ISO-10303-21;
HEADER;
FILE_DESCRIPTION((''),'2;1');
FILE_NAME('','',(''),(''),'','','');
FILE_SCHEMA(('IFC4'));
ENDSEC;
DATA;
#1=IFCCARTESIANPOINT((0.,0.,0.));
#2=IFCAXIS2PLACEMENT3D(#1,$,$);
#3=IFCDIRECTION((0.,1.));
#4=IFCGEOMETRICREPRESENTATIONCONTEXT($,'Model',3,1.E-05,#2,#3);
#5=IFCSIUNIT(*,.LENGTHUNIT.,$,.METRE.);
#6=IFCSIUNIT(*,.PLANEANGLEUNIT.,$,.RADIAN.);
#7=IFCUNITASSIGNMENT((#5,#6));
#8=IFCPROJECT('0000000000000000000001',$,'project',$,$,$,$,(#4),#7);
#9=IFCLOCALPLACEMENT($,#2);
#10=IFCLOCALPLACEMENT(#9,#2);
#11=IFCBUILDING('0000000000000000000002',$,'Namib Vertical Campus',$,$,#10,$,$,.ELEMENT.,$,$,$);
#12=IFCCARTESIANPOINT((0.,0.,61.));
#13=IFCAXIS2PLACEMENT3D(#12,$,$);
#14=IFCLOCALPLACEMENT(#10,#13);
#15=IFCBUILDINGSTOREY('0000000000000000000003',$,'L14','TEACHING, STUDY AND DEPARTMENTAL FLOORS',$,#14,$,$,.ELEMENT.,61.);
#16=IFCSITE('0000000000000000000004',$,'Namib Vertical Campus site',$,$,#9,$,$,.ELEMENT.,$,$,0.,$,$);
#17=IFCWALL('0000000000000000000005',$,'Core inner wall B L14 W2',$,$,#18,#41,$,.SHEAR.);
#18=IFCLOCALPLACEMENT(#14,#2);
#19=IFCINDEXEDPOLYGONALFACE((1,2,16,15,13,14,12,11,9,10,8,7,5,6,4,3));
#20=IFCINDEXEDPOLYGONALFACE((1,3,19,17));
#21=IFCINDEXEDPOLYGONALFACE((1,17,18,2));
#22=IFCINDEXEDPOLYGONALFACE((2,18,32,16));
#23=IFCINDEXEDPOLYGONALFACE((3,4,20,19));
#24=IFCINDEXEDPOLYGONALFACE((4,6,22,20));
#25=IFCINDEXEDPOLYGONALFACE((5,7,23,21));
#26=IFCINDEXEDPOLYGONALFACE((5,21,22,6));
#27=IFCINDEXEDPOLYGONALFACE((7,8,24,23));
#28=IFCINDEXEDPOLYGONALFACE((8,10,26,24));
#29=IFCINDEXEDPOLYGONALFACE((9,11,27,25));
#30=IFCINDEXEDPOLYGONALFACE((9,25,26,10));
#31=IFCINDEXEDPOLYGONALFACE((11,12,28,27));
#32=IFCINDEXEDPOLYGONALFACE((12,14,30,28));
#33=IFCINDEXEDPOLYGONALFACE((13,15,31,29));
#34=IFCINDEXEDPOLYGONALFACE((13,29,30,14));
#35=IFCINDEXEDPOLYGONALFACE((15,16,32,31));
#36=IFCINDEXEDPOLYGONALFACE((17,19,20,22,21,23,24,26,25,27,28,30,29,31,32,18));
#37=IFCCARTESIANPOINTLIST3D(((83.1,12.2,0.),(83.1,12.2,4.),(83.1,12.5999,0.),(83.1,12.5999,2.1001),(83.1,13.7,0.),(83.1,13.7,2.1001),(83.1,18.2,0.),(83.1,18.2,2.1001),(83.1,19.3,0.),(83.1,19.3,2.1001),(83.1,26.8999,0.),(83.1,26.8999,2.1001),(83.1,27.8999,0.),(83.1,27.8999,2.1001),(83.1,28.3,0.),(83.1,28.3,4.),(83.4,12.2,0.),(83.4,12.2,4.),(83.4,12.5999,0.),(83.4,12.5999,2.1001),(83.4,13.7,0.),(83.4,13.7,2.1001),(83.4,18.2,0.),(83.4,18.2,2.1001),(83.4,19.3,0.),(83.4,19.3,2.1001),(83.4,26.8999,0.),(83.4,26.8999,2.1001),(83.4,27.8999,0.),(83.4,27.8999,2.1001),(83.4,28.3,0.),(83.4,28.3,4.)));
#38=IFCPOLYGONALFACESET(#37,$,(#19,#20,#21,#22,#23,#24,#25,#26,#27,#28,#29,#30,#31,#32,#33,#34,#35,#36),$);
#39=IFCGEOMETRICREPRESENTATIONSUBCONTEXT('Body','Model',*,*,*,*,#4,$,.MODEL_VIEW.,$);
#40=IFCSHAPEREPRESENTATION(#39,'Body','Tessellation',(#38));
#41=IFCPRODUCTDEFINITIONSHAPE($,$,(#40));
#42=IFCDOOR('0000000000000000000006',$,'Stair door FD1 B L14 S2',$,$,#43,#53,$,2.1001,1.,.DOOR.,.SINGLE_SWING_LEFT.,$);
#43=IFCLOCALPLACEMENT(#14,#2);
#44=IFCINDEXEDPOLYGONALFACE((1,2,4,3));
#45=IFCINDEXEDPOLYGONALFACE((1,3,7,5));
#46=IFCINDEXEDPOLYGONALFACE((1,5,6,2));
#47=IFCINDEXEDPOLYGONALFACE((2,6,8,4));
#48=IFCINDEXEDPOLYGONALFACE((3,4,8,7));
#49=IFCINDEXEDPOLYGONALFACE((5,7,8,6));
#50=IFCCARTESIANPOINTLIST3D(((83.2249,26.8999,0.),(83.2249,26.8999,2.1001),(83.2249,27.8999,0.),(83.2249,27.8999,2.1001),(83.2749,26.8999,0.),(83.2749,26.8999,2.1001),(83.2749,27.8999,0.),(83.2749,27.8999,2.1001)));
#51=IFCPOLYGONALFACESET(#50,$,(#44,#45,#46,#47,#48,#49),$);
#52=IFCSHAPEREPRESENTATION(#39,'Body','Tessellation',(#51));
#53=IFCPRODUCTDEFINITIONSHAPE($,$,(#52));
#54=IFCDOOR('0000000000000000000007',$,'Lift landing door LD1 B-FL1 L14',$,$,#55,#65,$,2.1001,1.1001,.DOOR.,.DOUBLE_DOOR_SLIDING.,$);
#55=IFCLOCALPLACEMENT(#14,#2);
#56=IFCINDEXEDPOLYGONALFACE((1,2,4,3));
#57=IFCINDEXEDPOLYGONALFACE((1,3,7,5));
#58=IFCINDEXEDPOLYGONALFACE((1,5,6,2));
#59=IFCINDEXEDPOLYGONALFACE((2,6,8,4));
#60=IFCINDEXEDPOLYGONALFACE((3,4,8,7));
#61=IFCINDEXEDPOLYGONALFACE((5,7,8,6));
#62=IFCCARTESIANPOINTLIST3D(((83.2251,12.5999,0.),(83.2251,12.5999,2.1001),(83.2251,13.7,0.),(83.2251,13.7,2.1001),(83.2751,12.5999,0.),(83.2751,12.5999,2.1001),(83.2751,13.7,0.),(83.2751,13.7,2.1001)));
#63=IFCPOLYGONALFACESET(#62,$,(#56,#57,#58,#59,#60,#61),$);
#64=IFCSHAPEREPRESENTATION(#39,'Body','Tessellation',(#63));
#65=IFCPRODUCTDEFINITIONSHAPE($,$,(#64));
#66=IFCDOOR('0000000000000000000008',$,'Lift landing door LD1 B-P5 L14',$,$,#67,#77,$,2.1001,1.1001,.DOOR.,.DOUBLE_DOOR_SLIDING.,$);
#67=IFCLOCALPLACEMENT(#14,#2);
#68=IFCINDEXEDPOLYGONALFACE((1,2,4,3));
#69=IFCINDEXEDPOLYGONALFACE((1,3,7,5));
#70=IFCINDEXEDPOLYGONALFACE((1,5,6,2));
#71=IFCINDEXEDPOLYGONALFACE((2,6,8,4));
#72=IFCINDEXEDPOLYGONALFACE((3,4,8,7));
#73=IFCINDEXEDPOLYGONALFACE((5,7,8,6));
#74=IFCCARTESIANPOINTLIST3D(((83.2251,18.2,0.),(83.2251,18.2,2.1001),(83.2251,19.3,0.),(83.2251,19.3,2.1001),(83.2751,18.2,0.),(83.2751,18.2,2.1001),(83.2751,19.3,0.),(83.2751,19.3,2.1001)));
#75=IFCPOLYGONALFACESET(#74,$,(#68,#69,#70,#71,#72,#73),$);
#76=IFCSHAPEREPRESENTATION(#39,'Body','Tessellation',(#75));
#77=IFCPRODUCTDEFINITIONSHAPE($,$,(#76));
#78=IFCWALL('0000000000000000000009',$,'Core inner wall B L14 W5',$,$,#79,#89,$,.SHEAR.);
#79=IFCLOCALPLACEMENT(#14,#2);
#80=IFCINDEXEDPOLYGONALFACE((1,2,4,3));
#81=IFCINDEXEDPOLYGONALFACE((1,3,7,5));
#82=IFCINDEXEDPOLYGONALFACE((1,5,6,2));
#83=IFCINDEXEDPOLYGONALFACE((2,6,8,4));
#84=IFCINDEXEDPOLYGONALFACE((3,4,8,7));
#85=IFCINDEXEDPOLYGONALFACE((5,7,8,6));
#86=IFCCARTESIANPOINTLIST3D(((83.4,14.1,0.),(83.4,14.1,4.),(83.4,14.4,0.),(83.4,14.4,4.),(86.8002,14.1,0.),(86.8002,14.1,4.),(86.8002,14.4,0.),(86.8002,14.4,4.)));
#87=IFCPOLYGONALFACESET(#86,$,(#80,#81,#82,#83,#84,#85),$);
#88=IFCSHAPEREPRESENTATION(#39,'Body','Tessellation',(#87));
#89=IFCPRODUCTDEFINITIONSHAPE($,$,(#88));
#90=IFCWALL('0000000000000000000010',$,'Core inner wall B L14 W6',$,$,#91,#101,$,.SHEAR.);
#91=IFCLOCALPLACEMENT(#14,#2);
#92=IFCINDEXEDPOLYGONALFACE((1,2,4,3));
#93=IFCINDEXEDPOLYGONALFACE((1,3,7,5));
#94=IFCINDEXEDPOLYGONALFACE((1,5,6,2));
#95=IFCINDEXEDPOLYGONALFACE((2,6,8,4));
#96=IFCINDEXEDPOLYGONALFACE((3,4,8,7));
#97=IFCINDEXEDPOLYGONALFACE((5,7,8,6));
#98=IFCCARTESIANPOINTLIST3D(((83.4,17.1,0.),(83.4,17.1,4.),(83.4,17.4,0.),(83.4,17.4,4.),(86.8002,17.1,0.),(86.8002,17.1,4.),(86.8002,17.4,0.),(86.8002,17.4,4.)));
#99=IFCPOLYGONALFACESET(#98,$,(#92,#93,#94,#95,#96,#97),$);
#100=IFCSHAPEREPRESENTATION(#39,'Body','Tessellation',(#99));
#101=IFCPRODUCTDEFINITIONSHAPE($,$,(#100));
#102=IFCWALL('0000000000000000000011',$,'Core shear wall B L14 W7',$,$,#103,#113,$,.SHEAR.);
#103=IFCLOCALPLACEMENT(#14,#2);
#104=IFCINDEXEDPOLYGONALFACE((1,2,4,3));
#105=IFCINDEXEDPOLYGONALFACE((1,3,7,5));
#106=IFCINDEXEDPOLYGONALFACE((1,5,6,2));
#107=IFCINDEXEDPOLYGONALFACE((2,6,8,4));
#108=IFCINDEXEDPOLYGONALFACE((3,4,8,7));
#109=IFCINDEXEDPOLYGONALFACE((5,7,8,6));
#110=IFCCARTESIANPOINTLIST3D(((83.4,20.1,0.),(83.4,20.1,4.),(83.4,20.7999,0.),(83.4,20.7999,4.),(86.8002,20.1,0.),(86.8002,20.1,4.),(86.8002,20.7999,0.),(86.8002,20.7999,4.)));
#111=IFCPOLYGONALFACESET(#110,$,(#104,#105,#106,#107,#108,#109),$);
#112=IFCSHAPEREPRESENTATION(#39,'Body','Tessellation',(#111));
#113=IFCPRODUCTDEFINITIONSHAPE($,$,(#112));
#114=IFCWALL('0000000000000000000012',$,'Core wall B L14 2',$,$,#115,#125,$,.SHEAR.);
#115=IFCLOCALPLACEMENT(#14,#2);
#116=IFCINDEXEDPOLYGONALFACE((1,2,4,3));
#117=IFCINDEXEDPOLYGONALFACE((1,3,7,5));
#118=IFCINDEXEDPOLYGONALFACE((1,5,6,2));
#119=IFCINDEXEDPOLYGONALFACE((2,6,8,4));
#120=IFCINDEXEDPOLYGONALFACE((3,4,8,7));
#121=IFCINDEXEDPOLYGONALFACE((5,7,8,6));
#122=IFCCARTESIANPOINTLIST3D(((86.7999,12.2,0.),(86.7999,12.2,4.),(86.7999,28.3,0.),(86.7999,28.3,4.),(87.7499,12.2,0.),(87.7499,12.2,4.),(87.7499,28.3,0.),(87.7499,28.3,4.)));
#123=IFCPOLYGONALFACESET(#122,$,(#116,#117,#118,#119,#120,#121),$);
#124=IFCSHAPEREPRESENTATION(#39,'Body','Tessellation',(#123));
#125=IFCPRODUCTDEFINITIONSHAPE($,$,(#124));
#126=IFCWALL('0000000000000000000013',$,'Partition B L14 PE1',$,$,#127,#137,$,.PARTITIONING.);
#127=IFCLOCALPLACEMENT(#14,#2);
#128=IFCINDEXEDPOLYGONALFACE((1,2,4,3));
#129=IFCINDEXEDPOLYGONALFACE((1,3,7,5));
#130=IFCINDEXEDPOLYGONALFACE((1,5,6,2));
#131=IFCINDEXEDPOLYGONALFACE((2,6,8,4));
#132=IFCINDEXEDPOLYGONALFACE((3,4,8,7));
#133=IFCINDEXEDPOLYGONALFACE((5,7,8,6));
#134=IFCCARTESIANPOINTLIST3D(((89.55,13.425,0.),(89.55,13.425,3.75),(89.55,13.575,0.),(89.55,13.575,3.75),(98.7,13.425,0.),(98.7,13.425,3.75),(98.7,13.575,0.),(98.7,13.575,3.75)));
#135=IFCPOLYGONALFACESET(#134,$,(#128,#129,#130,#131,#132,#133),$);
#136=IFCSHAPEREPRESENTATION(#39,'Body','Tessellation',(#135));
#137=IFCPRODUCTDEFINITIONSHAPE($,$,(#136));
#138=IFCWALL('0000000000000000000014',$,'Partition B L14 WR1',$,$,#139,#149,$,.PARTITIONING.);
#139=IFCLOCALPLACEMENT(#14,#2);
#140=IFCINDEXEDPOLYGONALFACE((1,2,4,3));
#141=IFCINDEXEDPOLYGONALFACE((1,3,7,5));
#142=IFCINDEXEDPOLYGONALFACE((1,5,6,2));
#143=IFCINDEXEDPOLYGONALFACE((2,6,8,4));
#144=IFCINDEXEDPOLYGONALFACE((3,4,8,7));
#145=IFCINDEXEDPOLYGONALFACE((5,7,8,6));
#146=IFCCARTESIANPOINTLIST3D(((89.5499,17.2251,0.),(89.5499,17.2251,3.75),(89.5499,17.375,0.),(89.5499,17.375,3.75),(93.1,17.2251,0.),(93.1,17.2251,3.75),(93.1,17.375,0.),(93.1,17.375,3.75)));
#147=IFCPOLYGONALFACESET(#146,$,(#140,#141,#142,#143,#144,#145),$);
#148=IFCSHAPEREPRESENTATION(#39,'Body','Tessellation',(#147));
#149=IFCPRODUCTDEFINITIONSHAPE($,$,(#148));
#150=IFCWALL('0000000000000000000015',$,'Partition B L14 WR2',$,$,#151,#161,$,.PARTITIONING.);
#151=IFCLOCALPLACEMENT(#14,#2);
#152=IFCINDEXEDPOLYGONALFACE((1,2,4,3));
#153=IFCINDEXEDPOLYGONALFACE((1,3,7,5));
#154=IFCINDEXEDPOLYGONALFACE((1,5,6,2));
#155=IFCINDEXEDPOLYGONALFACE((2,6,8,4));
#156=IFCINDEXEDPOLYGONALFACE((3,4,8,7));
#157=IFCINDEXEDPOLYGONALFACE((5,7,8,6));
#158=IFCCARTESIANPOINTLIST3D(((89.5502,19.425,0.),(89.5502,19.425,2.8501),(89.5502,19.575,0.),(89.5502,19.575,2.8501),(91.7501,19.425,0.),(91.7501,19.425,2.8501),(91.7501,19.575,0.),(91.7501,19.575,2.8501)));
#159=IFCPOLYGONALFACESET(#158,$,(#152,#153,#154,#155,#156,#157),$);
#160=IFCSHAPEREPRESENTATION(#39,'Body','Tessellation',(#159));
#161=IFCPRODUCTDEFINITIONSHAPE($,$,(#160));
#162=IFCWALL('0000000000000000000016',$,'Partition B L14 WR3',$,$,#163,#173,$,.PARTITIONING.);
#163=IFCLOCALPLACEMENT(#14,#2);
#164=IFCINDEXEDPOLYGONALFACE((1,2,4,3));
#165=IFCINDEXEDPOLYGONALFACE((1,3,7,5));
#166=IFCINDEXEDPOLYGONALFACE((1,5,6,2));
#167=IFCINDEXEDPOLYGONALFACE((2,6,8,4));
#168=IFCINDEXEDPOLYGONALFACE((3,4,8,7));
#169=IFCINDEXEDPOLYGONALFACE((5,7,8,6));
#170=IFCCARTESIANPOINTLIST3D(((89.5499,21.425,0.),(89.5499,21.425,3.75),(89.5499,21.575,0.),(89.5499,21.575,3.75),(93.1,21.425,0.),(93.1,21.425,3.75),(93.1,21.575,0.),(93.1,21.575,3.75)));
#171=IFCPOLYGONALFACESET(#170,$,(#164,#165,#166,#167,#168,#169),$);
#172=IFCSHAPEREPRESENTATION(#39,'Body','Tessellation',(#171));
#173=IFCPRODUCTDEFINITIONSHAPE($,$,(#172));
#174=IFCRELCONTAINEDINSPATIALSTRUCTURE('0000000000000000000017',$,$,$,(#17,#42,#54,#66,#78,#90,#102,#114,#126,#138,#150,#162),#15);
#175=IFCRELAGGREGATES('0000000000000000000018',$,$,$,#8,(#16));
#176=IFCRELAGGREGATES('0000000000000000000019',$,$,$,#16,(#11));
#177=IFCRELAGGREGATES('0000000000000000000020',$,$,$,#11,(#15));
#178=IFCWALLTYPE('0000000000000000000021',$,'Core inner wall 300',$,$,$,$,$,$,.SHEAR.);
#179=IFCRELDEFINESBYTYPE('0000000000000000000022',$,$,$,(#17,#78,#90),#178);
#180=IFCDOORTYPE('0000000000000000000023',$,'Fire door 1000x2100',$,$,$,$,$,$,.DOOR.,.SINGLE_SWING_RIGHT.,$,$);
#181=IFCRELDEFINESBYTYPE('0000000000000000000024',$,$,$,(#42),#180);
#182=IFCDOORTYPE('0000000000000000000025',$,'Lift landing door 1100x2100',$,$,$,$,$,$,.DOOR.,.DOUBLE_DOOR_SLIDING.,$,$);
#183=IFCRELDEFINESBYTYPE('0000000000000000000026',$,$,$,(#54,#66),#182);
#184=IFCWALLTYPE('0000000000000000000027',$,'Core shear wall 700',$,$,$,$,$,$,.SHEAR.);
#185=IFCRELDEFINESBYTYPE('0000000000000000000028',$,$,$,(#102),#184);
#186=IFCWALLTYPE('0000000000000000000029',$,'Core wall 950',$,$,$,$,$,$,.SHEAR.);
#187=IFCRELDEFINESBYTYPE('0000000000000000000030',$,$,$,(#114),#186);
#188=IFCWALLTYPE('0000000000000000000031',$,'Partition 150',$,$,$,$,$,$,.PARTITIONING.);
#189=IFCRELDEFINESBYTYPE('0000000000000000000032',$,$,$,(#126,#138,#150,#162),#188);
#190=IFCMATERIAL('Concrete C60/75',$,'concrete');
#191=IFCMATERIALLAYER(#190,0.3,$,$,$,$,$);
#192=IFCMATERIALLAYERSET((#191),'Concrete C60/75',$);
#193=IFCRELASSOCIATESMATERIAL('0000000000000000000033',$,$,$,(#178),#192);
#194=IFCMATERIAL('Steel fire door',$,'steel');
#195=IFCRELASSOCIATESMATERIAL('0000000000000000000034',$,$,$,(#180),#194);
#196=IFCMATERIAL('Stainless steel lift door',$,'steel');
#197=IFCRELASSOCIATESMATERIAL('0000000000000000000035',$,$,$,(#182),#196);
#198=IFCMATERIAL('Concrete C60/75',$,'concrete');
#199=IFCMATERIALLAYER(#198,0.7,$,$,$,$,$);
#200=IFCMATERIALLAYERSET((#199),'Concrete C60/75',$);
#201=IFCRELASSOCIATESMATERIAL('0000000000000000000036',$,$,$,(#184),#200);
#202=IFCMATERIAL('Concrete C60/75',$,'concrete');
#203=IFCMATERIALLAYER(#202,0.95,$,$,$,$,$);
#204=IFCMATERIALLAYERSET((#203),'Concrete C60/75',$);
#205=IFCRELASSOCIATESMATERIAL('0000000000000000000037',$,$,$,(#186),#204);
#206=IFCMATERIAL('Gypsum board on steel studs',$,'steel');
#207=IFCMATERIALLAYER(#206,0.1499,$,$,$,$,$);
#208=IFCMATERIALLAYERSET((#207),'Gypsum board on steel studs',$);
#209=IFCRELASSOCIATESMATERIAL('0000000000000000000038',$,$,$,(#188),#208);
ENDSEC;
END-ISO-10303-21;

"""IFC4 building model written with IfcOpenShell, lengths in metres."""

from ifc_helpers import new_model, si_unit, direction, frame, frame_2d, origin, place, context, subcontext, project, spatial, rectangle, extrude, material, layer, layer_set, type_object, element, fill, save


model = new_model("IFC4")

# Units and contexts
model_context = context("Model", 3, precision=1e-05, world=origin(), true_north=direction((0.0, 1.0)))
body_context = subcontext(model_context, "Body", "Model", "MODEL_VIEW")
ifc_project = project(units=[si_unit("LENGTHUNIT", "METRE"), si_unit("PLANEANGLEUNIT", "RADIAN")], contexts=[model_context])

# Site, building, storey
site_placement = place(None, origin())
site = spatial("IfcSite", under=ifc_project, at=site_placement, Name="Namib Vertical Campus site", CompositionType="ELEMENT", RefElevation=0.0)
building_placement = place(site_placement, origin())
building = spatial("IfcBuilding", under=site, at=building_placement, Name="Namib Vertical Campus", CompositionType="ELEMENT")
storey_placement = place(building_placement, frame((0.0, 0.0, 61.0)))
storey = spatial("IfcBuildingStorey", under=building, at=storey_placement, Name="L14", Description="TEACHING, STUDY AND DEPARTMENTAL FLOORS", CompositionType="ELEMENT", Elevation=61.0)

# Wall, openings, doors
ifc_material_1 = material(Name="Concrete C60/75", Category="concrete")
ifc_layer_1 = layer(ifc_material_1, 0.3)
ifc_layer_set_1 = layer_set([ifc_layer_1], Name="Concrete C60/75")
wall_type_1 = type_object("IfcWallType", Name="Core inner wall 300", PredefinedType="SHEAR", material=ifc_layer_set_1)
wall_1_placement = place(storey_placement, frame((83.25, 12.2, 0.0), z_axis=(0.0, 0.0, 1.0), x_axis=(0.0, 1.0, 0.0)))
wall_1 = element("IfcWall", 1, at=wall_1_placement, inside=storey, type_object=wall_type_1, Name="Core inner wall B L14 W2", PredefinedType="SHEAR", context=body_context, shape_type="SweptSolid", body=[
    extrude(rectangle(XDim=16.1001, YDim=0.3, at=frame_2d((8.05, 0.0))), origin(), (0.0, 0.0, 1.0), 4.0),
])
opening_1_placement = place(wall_1_placement, frame((14.7, 0.0, 0.0)))
opening_1 = element("IfcOpeningElement", 2, at=opening_1_placement, cuts=wall_1, PredefinedType="OPENING", context=body_context, shape_type="SweptSolid", body=[
    extrude(rectangle(XDim=1.0, YDim=2.1001, at=frame_2d((0.5, 1.05))), frame((0.0, 0.1599, 0.0), z_axis=(0.0, -1.0, 0.0), x_axis=(1.0, 0.0, 0.0)), (0.0, 0.0, 1.0), 0.3201),
])
opening_2_placement = place(wall_1_placement, frame((0.3999, 0.0, 0.0)))
opening_2 = element("IfcOpeningElement", 3, at=opening_2_placement, cuts=wall_1, PredefinedType="OPENING", context=body_context, shape_type="SweptSolid", body=[
    extrude(rectangle(XDim=1.1001, YDim=2.1001, at=frame_2d((0.55, 1.05))), frame((0.0, 0.1599, 0.0), z_axis=(0.0, -1.0, 0.0), x_axis=(1.0, 0.0, 0.0)), (0.0, 0.0, 1.0), 0.3201),
])
opening_3_placement = place(wall_1_placement, frame((6.0, 0.0, 0.0)))
opening_3 = element("IfcOpeningElement", 4, at=opening_3_placement, cuts=wall_1, PredefinedType="OPENING", context=body_context, shape_type="SweptSolid", body=[
    extrude(rectangle(XDim=1.1001, YDim=2.1001, at=frame_2d((0.55, 1.05))), frame((0.0, 0.1599, 0.0), z_axis=(0.0, -1.0, 0.0), x_axis=(1.0, 0.0, 0.0)), (0.0, 0.0, 1.0), 0.3201),
])
ifc_material_2 = material(Name="Steel fire door", Category="steel")
door_type_1 = type_object("IfcDoorType", Name="Fire door 1000x2100", OperationType="SINGLE_SWING_RIGHT", PredefinedType="DOOR", material=ifc_material_2)
door_1_placement = place(opening_1_placement, frame((1.0, 0.0, 0.0), z_axis=(0.0, 0.0, 1.0), x_axis=(-1.0, 0.0, 0.0)))
door_1 = element("IfcDoor", 5, at=door_1_placement, inside=storey, type_object=door_type_1, Name="Stair door FD1 B L14 S2", OperationType="SINGLE_SWING_LEFT", OverallHeight=2.1001, OverallWidth=1.0, PredefinedType="DOOR", context=body_context, shape_type="SweptSolid", body=[
    extrude(rectangle(XDim=1.0, YDim=2.1001, at=frame_2d((0.5, 1.05))), frame((0.0, 0.0249, 0.0), z_axis=(0.0, -1.0, 0.0), x_axis=(1.0, 0.0, 0.0)), (0.0, 0.0, 1.0), 0.05),
])
fill(opening_1, door_1)
ifc_material_3 = material(Name="Stainless steel lift door", Category="steel")
door_type_2 = type_object("IfcDoorType", Name="Lift landing door 1100x2100", OperationType="DOUBLE_DOOR_SLIDING", PredefinedType="DOOR", material=ifc_material_3)
door_2_placement = place(opening_2_placement, origin())
door_2 = element("IfcDoor", 6, at=door_2_placement, inside=storey, type_object=door_type_2, Name="Lift landing door LD1 B-FL1 L14", OperationType="DOUBLE_DOOR_SLIDING", OverallHeight=2.1001, OverallWidth=1.1001, PredefinedType="DOOR", context=body_context, shape_type="SweptSolid", body=[
    extrude(rectangle(XDim=1.1001, YDim=2.1001, at=frame_2d((0.55, 1.05))), frame((0.0, 0.0249, 0.0), z_axis=(0.0, -1.0, 0.0), x_axis=(1.0, 0.0, 0.0)), (0.0, 0.0, 1.0), 0.05),
])
fill(opening_2, door_2)
door_3_placement = place(opening_3_placement, origin())
door_3 = element("IfcDoor", 7, at=door_3_placement, inside=storey, type_object=door_type_2, Name="Lift landing door LD1 B-P5 L14", OperationType="DOUBLE_DOOR_SLIDING", OverallHeight=2.1001, OverallWidth=1.1001, PredefinedType="DOOR", context=body_context, shape_type="SweptSolid", body=[
    extrude(rectangle(XDim=1.1001, YDim=2.1001, at=frame_2d((0.55, 1.05))), frame((0.0, 0.0249, 0.0), z_axis=(0.0, -1.0, 0.0), x_axis=(1.0, 0.0, 0.0)), (0.0, 0.0, 1.0), 0.05),
])
fill(opening_3, door_3)

# Walls
for number, where, z_axis, x_axis, name in (
    (8, (83.3999, 14.25, 0.0), (0.0, 0.0, 1.0), (1.0, 0.0, 0.0), "Core inner wall B L14 W5"),
    (9, (83.3999, 17.25, 0.0), (0.0, 0.0, 1.0), (1.0, 0.0, 0.0), "Core inner wall B L14 W6"),
):
    element("IfcWall", number, at=place(storey_placement, frame(where, z_axis=z_axis, x_axis=x_axis)), inside=storey, type_object=wall_type_1, Name=name, PredefinedType="SHEAR", context=body_context, shape_type="SweptSolid", body=[
        extrude(rectangle(XDim=3.4001, YDim=0.3, at=frame_2d((1.7002, 0.0))), origin(), (0.0, 0.0, 1.0), 4.0),
    ])
ifc_material_4 = material(Name="Concrete C60/75", Category="concrete")
ifc_layer_2 = layer(ifc_material_4, 0.7)
ifc_layer_set_2 = layer_set([ifc_layer_2], Name="Concrete C60/75")
wall_type_2 = type_object("IfcWallType", Name="Core shear wall 700", PredefinedType="SHEAR", material=ifc_layer_set_2)
wall_2_placement = place(storey_placement, frame((83.3999, 20.45, 0.0), z_axis=(0.0, 0.0, 1.0), x_axis=(1.0, 0.0, 0.0)))
element("IfcWall", 10, at=wall_2_placement, inside=storey, type_object=wall_type_2, Name="Core shear wall B L14 W7", PredefinedType="SHEAR", context=body_context, shape_type="SweptSolid", body=[
    extrude(rectangle(XDim=3.4001, YDim=0.7, at=frame_2d((1.7002, 0.0))), origin(), (0.0, 0.0, 1.0), 4.0),
])
ifc_material_5 = material(Name="Concrete C60/75", Category="concrete")
ifc_layer_3 = layer(ifc_material_5, 0.95)
ifc_layer_set_3 = layer_set([ifc_layer_3], Name="Concrete C60/75")
wall_type_3 = type_object("IfcWallType", Name="Core wall 950", PredefinedType="SHEAR", material=ifc_layer_set_3)
wall_3_placement = place(storey_placement, frame((87.2749, 12.2, 0.0), z_axis=(0.0, 0.0, 1.0), x_axis=(0.0, 1.0, 0.0)))
element("IfcWall", 11, at=wall_3_placement, inside=storey, type_object=wall_type_3, Name="Core wall B L14 2", PredefinedType="SHEAR", context=body_context, shape_type="SweptSolid", body=[
    extrude(rectangle(XDim=16.1001, YDim=0.95, at=frame_2d((8.05, 0.0))), origin(), (0.0, 0.0, 1.0), 4.0),
])
ifc_material_6 = material(Name="Gypsum board on steel studs", Category="steel")
ifc_layer_4 = layer(ifc_material_6, 0.1499)
ifc_layer_set_4 = layer_set([ifc_layer_4], Name="Gypsum board on steel studs")
wall_type_4 = type_object("IfcWallType", Name="Partition 150", PredefinedType="PARTITIONING", material=ifc_layer_set_4)
wall_4_placement = place(storey_placement, frame((89.55, 13.5, 0.0), z_axis=(0.0, 0.0, 1.0), x_axis=(1.0, 0.0, 0.0)))
element("IfcWall", 12, at=wall_4_placement, inside=storey, type_object=wall_type_4, Name="Partition B L14 PE1", PredefinedType="PARTITIONING", context=body_context, shape_type="SweptSolid", body=[
    extrude(rectangle(XDim=9.1499, YDim=0.1499, at=frame_2d((4.575, 0.0))), origin(), (0.0, 0.0, 1.0), 3.75),
])
wall_5_placement = place(storey_placement, frame((89.55, 17.3, 0.0), z_axis=(0.0, 0.0, 1.0), x_axis=(1.0, 0.0, 0.0)))
element("IfcWall", 13, at=wall_5_placement, inside=storey, type_object=wall_type_4, Name="Partition B L14 WR1", PredefinedType="PARTITIONING", context=body_context, shape_type="SweptSolid", body=[
    extrude(rectangle(XDim=3.55, YDim=0.1499, at=frame_2d((1.7749, 0.0))), origin(), (0.0, 0.0, 1.0), 3.75),
])
wall_6_placement = place(storey_placement, frame((89.55, 19.5, 0.0), z_axis=(0.0, 0.0, 1.0), x_axis=(1.0, 0.0, 0.0)))
element("IfcWall", 14, at=wall_6_placement, inside=storey, type_object=wall_type_4, Name="Partition B L14 WR2", PredefinedType="PARTITIONING", context=body_context, shape_type="SweptSolid", body=[
    extrude(rectangle(XDim=2.2, YDim=0.1499, at=frame_2d((1.1001, 0.0))), origin(), (0.0, 0.0, 1.0), 2.8501),
])
wall_7_placement = place(storey_placement, frame((89.55, 21.5, 0.0), z_axis=(0.0, 0.0, 1.0), x_axis=(1.0, 0.0, 0.0)))
element("IfcWall", 15, at=wall_7_placement, inside=storey, type_object=wall_type_4, Name="Partition B L14 WR3", PredefinedType="PARTITIONING", context=body_context, shape_type="SweptSolid", body=[
    extrude(rectangle(XDim=3.55, YDim=0.1499, at=frame_2d((1.7749, 0.0))), origin(), (0.0, 0.0, 1.0), 3.75),
])

save(model, "model.ifc")
